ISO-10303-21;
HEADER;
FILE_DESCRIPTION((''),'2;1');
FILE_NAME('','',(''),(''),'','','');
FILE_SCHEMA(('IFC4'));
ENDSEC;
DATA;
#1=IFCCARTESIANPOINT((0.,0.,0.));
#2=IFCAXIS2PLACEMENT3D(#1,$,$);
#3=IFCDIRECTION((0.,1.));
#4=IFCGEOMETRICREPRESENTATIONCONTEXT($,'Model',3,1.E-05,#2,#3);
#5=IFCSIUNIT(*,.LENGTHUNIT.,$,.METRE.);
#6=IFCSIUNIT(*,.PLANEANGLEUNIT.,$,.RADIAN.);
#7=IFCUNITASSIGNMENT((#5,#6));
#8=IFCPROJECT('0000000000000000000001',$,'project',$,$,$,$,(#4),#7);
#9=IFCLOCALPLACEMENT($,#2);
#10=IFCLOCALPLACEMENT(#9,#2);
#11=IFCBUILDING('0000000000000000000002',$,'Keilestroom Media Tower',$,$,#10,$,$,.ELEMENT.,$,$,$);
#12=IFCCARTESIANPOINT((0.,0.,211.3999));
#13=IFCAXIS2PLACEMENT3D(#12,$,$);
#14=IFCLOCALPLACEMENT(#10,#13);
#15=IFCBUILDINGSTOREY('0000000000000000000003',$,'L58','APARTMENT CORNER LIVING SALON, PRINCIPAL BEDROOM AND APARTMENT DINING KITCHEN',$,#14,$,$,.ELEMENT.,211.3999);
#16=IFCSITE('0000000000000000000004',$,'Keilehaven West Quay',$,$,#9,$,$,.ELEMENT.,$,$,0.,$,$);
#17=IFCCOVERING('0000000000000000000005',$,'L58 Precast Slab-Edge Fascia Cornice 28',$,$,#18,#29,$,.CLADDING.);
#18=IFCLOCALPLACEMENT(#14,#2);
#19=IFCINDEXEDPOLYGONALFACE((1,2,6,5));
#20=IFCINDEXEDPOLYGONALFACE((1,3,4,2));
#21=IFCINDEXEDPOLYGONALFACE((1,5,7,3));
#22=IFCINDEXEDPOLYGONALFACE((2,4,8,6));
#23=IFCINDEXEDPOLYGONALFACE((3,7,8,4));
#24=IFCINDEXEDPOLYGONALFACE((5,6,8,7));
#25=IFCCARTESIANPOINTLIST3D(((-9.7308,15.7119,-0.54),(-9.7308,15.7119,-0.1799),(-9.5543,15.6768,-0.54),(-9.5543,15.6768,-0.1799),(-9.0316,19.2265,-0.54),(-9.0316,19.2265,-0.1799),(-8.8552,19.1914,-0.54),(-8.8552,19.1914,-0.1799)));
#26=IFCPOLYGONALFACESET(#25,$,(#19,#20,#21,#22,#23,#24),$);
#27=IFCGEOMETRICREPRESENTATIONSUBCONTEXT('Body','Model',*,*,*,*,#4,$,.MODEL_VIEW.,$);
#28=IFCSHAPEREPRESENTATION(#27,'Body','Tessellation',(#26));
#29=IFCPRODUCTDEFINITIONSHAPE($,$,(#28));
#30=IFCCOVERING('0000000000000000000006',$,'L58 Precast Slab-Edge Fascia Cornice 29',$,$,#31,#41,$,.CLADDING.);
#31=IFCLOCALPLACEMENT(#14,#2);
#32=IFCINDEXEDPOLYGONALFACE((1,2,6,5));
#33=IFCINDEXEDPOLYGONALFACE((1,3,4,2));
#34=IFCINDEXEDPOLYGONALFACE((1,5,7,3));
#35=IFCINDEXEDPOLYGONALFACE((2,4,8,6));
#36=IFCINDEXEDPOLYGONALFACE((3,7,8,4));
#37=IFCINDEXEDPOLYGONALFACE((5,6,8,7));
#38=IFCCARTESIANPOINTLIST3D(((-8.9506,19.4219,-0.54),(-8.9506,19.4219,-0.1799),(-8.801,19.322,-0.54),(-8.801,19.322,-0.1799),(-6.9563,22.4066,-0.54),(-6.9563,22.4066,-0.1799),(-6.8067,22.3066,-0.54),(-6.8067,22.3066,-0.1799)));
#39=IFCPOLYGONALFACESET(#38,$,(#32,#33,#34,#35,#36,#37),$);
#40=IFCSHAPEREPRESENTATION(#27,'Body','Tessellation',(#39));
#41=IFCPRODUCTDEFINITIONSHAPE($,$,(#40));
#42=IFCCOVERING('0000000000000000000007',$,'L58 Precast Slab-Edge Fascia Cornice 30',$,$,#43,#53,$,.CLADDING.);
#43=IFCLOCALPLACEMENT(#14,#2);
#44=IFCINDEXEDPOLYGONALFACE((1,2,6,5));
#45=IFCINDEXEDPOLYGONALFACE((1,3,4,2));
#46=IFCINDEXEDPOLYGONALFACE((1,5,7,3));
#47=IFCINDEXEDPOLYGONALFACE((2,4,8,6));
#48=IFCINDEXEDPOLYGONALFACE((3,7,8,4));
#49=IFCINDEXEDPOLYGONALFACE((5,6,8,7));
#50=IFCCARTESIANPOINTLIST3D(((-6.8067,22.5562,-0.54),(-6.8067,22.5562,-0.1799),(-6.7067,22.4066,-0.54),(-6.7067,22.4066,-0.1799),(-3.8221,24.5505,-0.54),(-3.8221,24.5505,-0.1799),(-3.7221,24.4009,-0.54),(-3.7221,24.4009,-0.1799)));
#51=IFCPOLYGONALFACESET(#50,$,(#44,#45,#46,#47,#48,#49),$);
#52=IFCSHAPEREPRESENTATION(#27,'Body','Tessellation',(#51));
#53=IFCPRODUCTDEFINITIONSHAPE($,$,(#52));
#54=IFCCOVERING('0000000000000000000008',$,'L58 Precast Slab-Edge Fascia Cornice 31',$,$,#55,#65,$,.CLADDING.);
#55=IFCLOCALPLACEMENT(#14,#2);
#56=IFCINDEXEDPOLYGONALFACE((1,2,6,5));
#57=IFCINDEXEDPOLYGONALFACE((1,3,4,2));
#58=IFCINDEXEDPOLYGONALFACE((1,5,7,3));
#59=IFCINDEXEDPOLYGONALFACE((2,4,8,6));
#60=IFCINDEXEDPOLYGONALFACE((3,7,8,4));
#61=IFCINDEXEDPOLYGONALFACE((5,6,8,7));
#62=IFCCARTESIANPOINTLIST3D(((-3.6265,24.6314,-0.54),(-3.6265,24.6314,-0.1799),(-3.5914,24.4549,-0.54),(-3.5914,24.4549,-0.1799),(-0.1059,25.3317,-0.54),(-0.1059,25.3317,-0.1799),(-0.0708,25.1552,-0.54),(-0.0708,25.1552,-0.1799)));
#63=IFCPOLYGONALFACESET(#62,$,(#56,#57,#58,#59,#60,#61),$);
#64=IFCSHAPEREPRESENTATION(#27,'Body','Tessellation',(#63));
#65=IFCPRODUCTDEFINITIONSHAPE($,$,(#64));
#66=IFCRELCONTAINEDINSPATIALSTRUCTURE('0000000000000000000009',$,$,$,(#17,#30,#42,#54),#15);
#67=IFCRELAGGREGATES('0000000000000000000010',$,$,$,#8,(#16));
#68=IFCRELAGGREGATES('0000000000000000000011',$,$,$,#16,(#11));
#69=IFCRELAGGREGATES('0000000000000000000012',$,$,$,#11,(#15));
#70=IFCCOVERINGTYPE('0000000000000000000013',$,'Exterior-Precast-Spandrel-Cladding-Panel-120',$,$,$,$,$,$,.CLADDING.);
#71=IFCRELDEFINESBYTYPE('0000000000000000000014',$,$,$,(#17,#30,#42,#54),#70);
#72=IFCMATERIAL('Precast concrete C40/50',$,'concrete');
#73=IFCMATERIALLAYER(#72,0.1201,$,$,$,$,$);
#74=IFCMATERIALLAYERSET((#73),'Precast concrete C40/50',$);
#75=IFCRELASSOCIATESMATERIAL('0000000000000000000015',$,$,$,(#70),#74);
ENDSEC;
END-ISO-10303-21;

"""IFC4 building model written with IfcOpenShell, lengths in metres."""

from ifc_helpers import new_model, si_unit, direction, frame, origin, origin_2d, place, context, subcontext, project, spatial, rectangle, extrude, source, transform, mapped, material, layer, layer_set, type_object, element, save


model = new_model("IFC4")

# Units and contexts
model_context = context("Model", 3, precision=1e-05, world=origin(), true_north=direction((0.0, 1.0)))
body_context = subcontext(model_context, "Body", "Model", "MODEL_VIEW")
ifc_project = project(units=[si_unit("LENGTHUNIT", "METRE"), si_unit("PLANEANGLEUNIT", "RADIAN")], contexts=[model_context])

# Site, building, storey
site_placement = place(None, origin())
site = spatial("IfcSite", under=ifc_project, at=site_placement, Name="Keilehaven West Quay", CompositionType="ELEMENT", RefElevation=0.0)
building_placement = place(site_placement, origin())
building = spatial("IfcBuilding", under=site, at=building_placement, Name="Keilestroom Media Tower", CompositionType="ELEMENT")
storey_placement = place(building_placement, frame((0.0, 0.0, 211.3999)))
storey = spatial("IfcBuildingStorey", under=building, at=storey_placement, Name="L58", Description="APARTMENT CORNER LIVING SALON, PRINCIPAL BEDROOM AND APARTMENT DINING KITCHEN", CompositionType="ELEMENT", Elevation=211.3999)

# Shared definitions
ifc_material_1 = material(Name="Precast concrete C40/50", Category="concrete")

# Coverings
ifc_layer_1 = layer(ifc_material_1, 0.1201)
ifc_layer_set_1 = layer_set([ifc_layer_1], Name="Precast concrete C40/50")
covering_type = type_object("IfcCoveringType", Name="Exterior-Precast-Spandrel-Cladding-Panel-120", PredefinedType="CLADDING", material=ifc_layer_set_1)
shared_shape_1 = source(origin(), body_context, "Body", "SweptSolid", [
    extrude(rectangle(XDim=3.5835, YDim=0.1799, at=origin_2d()), origin(), (0.0, 0.0, 1.0), 0.3601),
])
covering_placement = place(storey_placement, frame((-9.293, 17.4517, -0.54), z_axis=(0.0, 0.0, 1.0), x_axis=(0.195099, 0.980784, 0.0)))
element("IfcCovering", 1, at=covering_placement, inside=storey, type_object=covering_type, Name="L58 Precast Slab-Edge Fascia Cornice 28", PredefinedType="CLADDING", context=body_context, shape_type="MappedRepresentation", body=[
    mapped(shared_shape_1, transform((0.0, 0.0, 0.0), x_axis=(1.0, 0.0, 0.0), y_axis=(0.0, 1.0, 0.0), z_axis=(0.0, 0.0, 1.0), scale=1.0)),
])
shared_shape_2 = source(origin(), body_context, "Body", "SweptSolid", [
    extrude(rectangle(XDim=3.5896, YDim=0.1799, at=origin_2d()), origin(), (0.0, 0.0, 1.0), 0.3601),
])
for number, where, z_axis, x_axis, name in (
    (2, (-7.8787, 20.8643, -0.54), (0.0, 0.0, 1.0), (0.555575, 0.831467, 0.0), "L58 Precast Slab-Edge Fascia Cornice 29"),
    (3, (-5.2644, 23.4785, -0.54), (0.0, 0.0, 1.0), (0.831467, 0.555575, 0.0), "L58 Precast Slab-Edge Fascia Cornice 30"),
    (4, (-1.8486, 24.8933, -0.54), (0.0, 0.0, 1.0), (0.980784, 0.195099, 0.0), "L58 Precast Slab-Edge Fascia Cornice 31"),
):
    element("IfcCovering", number, at=place(storey_placement, frame(where, z_axis=z_axis, x_axis=x_axis)), inside=storey, type_object=covering_type, Name=name, PredefinedType="CLADDING", context=body_context, shape_type="MappedRepresentation", body=[
        mapped(shared_shape_2, transform((0.0, 0.0, 0.0), x_axis=(1.0, 0.0, 0.0), y_axis=(0.0, 1.0, 0.0), z_axis=(0.0, 0.0, 1.0), scale=1.0)),
    ])

save(model, "model.ifc")
